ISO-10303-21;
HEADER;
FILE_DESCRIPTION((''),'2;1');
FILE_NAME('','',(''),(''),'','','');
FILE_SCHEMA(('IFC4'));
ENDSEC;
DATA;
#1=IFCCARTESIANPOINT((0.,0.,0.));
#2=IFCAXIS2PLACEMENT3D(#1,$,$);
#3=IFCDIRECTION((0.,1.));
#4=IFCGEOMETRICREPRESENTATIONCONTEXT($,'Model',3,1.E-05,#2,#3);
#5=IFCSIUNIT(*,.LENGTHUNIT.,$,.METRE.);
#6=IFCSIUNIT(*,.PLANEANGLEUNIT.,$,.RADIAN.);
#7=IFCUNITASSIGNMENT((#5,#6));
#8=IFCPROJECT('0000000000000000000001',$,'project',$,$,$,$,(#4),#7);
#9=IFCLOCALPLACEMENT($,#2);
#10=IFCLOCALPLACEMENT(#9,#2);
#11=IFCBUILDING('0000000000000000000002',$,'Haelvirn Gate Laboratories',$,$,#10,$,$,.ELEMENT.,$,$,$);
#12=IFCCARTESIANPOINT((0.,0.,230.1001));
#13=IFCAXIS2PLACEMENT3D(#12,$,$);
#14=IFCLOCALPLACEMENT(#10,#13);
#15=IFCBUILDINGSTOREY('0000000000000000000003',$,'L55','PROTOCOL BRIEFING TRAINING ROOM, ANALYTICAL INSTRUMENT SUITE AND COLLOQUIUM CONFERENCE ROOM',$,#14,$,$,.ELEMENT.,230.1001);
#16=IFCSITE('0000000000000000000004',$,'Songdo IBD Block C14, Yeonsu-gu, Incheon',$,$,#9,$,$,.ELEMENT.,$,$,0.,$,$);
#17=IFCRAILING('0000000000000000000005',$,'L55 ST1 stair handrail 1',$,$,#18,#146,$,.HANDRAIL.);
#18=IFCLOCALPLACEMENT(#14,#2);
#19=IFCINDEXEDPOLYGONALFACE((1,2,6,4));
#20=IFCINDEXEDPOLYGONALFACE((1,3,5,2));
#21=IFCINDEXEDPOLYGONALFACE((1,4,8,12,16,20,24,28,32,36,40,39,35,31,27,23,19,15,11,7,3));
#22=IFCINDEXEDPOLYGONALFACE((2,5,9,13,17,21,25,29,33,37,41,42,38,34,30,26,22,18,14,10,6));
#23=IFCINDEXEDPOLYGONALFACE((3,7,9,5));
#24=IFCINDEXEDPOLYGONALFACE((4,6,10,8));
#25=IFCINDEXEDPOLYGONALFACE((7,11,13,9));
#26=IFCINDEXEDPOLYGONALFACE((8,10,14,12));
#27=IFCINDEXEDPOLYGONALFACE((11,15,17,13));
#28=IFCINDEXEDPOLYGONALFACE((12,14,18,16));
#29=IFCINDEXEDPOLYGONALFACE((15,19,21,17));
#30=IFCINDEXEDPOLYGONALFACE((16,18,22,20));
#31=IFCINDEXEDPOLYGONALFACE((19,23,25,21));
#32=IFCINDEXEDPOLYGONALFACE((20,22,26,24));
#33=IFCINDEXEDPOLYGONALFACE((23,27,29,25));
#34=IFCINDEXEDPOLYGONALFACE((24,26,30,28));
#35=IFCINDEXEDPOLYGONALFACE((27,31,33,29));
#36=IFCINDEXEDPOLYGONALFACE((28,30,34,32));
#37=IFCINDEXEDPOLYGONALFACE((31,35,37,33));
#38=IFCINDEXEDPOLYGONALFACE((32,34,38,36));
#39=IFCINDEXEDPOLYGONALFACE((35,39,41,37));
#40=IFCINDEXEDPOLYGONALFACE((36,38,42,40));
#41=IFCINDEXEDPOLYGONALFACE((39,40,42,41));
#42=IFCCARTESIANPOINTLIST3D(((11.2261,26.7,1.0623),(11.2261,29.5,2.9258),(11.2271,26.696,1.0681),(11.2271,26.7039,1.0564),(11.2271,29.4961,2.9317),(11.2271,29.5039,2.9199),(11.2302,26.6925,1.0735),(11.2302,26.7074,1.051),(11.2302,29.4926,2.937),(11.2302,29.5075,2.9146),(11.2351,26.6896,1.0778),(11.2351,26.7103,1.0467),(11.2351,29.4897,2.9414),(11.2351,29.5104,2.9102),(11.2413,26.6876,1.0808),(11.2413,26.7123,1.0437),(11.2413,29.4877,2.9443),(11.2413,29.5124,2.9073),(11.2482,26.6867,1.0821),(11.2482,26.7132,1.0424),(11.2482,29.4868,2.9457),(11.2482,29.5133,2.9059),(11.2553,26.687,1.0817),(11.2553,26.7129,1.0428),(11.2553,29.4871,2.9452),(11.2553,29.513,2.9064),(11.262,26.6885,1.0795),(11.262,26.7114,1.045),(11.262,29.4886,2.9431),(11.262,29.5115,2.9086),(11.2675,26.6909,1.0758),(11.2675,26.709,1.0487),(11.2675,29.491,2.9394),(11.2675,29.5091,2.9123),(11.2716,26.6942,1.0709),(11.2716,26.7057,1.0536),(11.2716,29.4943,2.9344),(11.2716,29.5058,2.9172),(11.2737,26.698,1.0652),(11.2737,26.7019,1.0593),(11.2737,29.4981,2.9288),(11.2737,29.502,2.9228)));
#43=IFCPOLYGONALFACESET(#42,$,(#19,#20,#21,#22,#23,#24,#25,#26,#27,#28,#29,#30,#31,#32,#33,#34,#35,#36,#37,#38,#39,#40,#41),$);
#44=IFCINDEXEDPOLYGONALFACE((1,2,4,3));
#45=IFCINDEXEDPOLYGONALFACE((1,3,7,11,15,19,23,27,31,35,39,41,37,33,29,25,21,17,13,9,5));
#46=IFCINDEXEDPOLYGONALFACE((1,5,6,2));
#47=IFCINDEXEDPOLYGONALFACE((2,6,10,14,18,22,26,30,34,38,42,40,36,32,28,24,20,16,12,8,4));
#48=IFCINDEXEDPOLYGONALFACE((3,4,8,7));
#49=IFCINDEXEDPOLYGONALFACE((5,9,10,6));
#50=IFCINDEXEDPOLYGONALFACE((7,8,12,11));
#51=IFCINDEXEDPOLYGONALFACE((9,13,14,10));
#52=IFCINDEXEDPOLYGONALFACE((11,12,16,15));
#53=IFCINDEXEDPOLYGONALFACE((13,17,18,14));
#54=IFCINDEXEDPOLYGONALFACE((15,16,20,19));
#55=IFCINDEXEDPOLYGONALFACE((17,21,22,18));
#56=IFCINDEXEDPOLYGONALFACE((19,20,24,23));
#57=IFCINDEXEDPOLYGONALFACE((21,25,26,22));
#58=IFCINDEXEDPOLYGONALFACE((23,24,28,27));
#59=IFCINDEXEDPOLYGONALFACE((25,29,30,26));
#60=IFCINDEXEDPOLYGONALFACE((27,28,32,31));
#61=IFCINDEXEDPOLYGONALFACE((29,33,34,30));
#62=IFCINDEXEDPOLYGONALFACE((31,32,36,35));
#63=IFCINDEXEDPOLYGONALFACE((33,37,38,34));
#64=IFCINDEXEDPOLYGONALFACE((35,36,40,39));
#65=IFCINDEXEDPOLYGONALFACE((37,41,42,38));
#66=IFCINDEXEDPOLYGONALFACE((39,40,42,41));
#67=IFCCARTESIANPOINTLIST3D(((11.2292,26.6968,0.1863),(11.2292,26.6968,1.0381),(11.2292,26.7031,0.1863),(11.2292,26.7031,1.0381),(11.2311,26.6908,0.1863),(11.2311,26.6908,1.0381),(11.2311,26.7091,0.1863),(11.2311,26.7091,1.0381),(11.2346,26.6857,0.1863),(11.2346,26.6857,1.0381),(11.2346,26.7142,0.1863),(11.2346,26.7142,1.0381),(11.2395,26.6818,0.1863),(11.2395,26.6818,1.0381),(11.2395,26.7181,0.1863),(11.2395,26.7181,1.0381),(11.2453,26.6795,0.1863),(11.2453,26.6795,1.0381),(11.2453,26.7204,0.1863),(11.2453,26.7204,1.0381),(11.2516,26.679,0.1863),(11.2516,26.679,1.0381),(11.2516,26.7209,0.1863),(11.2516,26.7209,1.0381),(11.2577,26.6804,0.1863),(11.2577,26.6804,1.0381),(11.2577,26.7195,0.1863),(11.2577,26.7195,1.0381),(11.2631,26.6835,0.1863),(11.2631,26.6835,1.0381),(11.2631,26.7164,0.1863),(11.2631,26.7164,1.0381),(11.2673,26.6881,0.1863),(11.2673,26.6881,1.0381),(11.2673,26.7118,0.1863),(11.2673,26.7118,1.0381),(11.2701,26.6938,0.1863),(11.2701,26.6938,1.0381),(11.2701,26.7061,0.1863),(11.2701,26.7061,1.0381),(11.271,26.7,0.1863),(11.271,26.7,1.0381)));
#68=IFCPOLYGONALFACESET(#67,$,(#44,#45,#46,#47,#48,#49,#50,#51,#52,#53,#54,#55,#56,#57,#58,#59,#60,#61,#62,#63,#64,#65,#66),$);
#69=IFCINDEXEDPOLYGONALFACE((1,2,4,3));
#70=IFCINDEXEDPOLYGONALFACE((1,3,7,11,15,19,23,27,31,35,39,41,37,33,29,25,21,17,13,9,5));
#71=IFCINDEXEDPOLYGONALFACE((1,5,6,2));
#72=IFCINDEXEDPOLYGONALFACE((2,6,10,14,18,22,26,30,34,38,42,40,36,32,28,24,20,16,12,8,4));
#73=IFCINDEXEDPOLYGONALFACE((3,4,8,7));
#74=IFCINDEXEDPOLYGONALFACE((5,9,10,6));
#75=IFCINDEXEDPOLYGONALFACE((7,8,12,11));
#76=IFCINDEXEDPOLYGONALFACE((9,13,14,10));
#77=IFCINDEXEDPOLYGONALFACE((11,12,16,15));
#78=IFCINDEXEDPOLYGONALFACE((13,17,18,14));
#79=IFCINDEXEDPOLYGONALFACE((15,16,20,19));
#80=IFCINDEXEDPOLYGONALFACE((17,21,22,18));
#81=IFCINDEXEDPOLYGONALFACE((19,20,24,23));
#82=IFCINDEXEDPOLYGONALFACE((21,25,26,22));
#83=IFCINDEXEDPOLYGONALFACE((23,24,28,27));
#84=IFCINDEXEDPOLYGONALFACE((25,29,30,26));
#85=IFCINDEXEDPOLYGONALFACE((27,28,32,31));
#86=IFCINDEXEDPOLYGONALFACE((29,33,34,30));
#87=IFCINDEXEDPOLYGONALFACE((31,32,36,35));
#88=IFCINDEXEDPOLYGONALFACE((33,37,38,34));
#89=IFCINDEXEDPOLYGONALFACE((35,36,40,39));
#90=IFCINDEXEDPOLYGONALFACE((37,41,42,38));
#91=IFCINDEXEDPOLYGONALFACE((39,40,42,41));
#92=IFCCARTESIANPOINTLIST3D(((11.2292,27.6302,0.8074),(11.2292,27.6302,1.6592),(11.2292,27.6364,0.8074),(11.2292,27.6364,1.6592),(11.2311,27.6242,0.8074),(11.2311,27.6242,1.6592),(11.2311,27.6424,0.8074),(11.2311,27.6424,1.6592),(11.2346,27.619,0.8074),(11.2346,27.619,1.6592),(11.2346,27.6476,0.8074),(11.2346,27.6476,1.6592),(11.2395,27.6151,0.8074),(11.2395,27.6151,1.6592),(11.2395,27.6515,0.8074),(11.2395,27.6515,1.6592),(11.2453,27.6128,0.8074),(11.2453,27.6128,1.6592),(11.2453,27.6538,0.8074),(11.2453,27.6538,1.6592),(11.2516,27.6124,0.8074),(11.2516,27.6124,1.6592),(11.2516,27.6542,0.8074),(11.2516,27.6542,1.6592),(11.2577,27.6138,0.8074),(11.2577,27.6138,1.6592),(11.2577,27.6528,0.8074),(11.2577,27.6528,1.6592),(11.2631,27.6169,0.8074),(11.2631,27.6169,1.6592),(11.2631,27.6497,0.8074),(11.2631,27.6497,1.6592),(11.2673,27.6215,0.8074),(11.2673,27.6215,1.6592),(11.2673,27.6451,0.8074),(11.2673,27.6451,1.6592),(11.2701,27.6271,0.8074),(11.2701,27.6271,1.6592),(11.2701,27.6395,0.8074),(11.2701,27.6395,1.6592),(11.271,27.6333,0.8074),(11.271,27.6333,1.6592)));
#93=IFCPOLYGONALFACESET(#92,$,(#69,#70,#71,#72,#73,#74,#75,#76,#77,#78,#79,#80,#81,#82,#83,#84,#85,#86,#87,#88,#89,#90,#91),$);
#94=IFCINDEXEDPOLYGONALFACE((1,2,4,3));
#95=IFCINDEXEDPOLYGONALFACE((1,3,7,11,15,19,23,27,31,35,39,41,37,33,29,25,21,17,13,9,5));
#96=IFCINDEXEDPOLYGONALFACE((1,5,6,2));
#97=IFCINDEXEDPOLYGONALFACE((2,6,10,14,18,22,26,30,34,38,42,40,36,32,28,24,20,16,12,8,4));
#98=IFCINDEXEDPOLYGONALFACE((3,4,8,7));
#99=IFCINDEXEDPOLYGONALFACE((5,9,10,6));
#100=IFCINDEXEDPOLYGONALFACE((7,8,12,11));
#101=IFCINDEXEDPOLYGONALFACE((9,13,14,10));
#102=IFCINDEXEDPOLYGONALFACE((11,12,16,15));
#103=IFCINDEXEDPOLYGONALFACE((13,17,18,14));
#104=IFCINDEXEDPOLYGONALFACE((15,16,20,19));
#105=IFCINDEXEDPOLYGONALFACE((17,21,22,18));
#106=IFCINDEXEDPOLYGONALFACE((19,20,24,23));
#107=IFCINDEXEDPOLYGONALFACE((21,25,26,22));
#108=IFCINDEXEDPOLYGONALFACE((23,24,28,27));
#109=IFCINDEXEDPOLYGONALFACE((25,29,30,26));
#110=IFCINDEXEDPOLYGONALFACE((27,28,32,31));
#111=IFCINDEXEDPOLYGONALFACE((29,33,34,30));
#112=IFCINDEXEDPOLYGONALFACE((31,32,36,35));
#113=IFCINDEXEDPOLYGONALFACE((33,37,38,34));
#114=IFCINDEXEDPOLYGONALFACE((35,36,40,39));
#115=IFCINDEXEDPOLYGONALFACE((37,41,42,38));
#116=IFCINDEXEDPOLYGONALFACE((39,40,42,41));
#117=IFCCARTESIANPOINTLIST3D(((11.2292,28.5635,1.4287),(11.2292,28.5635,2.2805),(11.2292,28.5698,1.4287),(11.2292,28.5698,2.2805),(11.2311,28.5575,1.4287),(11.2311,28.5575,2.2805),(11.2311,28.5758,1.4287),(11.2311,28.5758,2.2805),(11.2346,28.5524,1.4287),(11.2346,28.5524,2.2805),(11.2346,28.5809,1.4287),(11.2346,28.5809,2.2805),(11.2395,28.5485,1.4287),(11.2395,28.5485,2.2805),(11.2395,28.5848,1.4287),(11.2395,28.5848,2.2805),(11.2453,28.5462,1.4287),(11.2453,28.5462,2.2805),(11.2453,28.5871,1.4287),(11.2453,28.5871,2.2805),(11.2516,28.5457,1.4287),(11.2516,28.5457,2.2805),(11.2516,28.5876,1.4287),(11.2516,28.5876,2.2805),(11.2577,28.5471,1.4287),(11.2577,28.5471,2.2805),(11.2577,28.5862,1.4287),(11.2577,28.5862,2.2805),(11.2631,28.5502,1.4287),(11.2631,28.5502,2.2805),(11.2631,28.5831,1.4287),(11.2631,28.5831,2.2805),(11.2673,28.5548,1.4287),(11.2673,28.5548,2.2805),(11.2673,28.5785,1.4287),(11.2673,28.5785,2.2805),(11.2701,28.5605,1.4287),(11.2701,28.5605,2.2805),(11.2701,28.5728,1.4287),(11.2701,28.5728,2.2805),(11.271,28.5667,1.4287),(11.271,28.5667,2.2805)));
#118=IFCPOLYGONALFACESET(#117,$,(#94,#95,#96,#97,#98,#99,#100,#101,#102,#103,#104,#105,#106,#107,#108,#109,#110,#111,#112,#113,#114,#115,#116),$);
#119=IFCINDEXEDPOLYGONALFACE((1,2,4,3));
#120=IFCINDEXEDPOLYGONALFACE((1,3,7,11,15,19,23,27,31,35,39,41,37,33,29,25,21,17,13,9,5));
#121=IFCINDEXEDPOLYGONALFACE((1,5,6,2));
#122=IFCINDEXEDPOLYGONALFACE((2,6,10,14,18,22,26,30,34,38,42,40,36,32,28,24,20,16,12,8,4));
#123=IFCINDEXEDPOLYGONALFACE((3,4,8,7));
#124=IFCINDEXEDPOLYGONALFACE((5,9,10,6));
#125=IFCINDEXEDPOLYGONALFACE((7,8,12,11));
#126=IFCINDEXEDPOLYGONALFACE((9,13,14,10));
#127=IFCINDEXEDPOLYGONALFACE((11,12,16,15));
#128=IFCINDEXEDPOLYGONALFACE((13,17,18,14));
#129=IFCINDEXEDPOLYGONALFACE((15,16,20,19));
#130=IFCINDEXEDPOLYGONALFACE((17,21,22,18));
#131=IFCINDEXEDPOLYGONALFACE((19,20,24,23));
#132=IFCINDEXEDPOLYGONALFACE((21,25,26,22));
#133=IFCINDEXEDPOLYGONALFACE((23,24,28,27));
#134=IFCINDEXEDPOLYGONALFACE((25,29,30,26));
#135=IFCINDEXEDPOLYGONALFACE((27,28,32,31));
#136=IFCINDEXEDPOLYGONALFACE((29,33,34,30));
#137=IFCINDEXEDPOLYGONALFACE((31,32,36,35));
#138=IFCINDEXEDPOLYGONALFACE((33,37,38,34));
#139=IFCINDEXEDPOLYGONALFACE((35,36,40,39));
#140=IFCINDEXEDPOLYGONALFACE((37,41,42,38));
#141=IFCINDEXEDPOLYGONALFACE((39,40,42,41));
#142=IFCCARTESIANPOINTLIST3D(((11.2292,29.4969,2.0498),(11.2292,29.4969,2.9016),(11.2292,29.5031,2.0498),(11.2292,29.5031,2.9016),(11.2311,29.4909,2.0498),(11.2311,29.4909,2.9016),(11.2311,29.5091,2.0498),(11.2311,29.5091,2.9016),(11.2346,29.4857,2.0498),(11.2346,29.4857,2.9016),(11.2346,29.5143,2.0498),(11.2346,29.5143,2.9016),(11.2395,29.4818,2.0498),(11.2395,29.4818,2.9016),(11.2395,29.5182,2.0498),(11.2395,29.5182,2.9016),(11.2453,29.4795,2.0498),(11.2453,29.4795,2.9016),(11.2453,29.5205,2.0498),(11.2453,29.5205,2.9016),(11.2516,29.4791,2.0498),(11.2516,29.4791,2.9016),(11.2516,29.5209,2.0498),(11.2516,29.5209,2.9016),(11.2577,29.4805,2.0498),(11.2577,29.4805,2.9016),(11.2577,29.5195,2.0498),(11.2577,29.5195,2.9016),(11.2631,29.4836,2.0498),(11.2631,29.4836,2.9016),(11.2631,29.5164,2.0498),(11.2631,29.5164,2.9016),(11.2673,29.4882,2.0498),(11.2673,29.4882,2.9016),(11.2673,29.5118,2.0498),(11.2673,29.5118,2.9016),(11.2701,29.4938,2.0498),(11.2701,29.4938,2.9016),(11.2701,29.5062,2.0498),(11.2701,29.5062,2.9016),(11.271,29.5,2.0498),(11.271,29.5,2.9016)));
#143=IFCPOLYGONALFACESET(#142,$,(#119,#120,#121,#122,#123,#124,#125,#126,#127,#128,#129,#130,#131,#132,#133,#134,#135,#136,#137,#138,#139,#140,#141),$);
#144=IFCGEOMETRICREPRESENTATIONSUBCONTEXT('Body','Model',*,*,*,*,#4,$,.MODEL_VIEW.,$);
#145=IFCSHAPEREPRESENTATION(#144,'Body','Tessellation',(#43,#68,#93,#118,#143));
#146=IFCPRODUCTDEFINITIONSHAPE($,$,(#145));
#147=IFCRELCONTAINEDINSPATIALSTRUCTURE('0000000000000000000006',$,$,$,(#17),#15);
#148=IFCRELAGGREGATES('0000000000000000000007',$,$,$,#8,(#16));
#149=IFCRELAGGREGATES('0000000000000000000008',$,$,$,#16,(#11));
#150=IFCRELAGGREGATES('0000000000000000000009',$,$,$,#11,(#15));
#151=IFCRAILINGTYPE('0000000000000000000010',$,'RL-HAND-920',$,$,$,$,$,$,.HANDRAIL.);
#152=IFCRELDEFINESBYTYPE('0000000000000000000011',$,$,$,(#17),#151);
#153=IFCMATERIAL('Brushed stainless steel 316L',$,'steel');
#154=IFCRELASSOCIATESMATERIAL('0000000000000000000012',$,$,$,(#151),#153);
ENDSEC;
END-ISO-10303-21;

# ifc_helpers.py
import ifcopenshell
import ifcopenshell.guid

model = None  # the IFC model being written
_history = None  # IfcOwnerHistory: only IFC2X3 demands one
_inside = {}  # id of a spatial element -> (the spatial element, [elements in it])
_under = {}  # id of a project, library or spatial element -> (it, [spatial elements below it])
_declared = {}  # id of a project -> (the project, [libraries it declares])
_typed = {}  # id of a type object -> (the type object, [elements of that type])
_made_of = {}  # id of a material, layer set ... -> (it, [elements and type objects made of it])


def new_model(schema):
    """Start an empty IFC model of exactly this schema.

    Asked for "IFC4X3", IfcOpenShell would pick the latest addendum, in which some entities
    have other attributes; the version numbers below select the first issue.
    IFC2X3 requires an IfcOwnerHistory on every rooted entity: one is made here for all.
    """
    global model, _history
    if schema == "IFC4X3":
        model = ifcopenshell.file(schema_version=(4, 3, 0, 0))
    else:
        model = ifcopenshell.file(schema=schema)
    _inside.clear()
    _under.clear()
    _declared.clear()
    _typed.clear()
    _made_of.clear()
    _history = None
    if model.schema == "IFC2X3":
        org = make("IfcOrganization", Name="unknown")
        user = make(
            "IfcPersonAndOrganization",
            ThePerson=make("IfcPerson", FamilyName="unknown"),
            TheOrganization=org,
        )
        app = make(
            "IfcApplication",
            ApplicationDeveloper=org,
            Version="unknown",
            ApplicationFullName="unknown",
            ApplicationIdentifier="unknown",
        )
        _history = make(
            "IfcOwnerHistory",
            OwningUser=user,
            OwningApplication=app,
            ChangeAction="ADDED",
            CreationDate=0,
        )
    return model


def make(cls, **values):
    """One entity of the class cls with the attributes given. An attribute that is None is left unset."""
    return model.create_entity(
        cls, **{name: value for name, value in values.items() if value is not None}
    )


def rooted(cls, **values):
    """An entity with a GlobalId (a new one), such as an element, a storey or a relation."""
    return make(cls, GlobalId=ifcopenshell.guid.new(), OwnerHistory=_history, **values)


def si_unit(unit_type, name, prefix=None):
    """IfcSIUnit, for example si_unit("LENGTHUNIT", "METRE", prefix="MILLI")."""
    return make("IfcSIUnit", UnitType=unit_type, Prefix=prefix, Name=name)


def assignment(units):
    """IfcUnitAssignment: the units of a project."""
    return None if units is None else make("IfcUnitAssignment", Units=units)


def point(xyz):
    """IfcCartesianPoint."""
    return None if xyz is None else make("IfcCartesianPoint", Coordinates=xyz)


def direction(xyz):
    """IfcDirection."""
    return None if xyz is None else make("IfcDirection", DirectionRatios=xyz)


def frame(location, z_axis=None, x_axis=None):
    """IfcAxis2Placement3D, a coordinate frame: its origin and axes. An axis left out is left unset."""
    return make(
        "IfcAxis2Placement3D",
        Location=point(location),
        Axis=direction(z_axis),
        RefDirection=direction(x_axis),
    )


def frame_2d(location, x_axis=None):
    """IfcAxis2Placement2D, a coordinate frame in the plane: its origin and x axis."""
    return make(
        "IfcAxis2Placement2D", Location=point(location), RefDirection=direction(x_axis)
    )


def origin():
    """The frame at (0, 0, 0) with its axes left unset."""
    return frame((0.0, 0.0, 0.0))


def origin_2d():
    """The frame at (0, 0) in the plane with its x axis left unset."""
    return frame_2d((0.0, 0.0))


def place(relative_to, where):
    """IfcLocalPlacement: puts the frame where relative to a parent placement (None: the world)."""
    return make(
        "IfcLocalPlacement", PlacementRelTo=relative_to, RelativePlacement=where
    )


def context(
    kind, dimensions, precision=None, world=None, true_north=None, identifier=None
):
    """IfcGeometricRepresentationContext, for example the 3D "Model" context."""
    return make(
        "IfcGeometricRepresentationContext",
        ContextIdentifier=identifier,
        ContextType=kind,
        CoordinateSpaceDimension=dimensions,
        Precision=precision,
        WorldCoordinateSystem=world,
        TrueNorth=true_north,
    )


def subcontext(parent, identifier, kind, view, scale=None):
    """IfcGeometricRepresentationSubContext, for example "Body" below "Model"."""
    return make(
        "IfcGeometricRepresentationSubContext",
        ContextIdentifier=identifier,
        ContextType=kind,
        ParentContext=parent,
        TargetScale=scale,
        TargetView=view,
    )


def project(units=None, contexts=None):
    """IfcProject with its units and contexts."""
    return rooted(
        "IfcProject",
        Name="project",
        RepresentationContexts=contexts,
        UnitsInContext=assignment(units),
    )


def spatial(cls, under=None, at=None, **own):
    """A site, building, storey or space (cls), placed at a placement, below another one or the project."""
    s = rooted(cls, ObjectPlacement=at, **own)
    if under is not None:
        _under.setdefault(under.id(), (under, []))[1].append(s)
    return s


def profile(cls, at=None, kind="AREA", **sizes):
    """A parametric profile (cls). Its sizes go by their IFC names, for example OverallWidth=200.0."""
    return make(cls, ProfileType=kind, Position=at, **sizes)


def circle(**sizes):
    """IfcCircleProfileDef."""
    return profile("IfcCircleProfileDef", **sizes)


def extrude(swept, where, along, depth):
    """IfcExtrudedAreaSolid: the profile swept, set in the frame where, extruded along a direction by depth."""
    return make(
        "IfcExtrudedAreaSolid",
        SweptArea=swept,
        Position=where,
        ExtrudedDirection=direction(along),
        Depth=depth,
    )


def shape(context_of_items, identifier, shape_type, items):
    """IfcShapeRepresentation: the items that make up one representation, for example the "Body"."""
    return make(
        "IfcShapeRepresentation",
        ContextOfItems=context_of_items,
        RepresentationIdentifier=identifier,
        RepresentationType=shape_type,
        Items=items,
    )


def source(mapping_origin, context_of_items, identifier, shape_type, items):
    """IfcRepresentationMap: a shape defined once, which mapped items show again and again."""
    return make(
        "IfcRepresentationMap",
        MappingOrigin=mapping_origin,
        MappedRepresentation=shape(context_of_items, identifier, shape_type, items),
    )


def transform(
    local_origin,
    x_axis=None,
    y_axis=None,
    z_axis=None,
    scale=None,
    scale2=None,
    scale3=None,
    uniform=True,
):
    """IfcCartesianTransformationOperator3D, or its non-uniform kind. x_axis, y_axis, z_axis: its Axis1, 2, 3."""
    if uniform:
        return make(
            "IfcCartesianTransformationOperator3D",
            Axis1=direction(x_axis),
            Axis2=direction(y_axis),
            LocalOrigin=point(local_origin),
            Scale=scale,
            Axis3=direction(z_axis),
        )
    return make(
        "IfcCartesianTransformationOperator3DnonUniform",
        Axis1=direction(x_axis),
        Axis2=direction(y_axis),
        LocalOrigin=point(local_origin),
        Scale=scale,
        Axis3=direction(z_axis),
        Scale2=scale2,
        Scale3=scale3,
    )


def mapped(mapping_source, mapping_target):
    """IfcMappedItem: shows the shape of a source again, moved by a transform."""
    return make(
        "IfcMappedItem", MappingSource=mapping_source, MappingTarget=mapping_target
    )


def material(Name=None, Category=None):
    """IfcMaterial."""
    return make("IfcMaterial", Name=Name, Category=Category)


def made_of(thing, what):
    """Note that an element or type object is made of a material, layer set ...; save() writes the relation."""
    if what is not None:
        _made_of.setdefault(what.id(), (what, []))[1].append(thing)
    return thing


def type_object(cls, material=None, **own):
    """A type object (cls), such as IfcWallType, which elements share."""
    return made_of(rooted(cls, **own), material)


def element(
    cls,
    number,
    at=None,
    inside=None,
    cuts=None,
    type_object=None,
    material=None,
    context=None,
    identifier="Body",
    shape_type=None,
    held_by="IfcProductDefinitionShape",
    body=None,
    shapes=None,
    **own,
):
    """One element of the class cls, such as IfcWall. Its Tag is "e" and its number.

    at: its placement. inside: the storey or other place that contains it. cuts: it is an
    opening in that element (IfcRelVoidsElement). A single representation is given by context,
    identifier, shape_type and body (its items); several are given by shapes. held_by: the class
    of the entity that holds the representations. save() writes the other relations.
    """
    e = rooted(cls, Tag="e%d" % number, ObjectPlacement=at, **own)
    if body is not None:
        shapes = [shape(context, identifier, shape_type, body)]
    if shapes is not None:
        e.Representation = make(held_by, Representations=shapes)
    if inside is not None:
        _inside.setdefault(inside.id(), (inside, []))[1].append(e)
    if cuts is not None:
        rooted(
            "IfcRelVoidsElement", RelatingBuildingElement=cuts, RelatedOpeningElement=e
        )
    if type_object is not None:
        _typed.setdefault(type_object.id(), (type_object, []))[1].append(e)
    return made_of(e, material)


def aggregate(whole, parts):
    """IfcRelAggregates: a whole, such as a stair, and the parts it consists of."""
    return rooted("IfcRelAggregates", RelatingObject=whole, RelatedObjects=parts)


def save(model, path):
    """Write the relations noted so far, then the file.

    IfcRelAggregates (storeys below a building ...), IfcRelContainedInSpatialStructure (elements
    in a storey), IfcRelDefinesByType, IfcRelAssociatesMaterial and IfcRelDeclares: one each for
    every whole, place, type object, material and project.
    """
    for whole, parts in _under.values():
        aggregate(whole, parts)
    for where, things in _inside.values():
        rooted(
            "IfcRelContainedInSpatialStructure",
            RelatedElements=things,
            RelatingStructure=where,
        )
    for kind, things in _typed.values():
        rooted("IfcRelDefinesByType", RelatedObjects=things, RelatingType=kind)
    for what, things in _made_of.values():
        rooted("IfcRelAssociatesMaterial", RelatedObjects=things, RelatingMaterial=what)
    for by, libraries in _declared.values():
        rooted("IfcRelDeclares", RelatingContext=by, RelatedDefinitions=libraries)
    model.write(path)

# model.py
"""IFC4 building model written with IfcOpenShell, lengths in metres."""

from ifc_helpers import new_model, si_unit, direction, frame, origin, origin_2d, place, context, subcontext, project, spatial, circle, extrude, source, transform, mapped, material, type_object, element, save


model = new_model("IFC4")

# Units and contexts
model_context = context("Model", 3, precision=1e-05, world=origin(), true_north=direction((0.0, 1.0)))
body_context = subcontext(model_context, "Body", "Model", "MODEL_VIEW")
ifc_project = project(units=[si_unit("LENGTHUNIT", "METRE"), si_unit("PLANEANGLEUNIT", "RADIAN")], contexts=[model_context])

# Site, building, storey
site_placement = place(None, origin())
site = spatial("IfcSite", under=ifc_project, at=site_placement, Name="Songdo IBD Block C14, Yeonsu-gu, Incheon", CompositionType="ELEMENT", RefElevation=0.0)
building_placement = place(site_placement, origin())
building = spatial("IfcBuilding", under=site, at=building_placement, Name="Haelvirn Gate Laboratories", CompositionType="ELEMENT")
storey_placement = place(building_placement, frame((0.0, 0.0, 230.1001)))
storey = spatial("IfcBuildingStorey", under=building, at=storey_placement, Name="L55", Description="PROTOCOL BRIEFING TRAINING ROOM, ANALYTICAL INSTRUMENT SUITE AND COLLOQUIUM CONFERENCE ROOM", CompositionType="ELEMENT", Elevation=230.1001)

# Railing
ifc_material_1 = material(Name="Brushed stainless steel 316L", Category="steel")
railing_type_1 = type_object("IfcRailingType", Name="RL-HAND-920", PredefinedType="HANDRAIL", material=ifc_material_1)
shared_shape_1 = source(origin(), body_context, "Body", "SweptSolid", [
    extrude(circle(Radius=0.0239, at=origin_2d()), frame((0.0, 0.0, 0.876), z_axis=(0.0, 0.832486, 0.554047), x_axis=(-1.0, 0.0, 0.0)), (0.0, 0.0, 1.0), 3.3635),
    extrude(circle(Radius=0.021, at=origin_2d()), origin(), (0.0, 0.0, 1.0), 0.8518),
    extrude(circle(Radius=0.021, at=origin_2d()), frame((0.0, 0.9333, 0.6211)), (0.0, 0.0, 1.0), 0.8518),
    extrude(circle(Radius=0.021, at=origin_2d()), frame((0.0, 1.8667, 1.2424)), (0.0, 0.0, 1.0), 0.8518),
    extrude(circle(Radius=0.021, at=origin_2d()), frame((0.0, 2.8, 1.8635)), (0.0, 0.0, 1.0), 0.8518),
])
railing_1_placement = place(storey_placement, frame((11.25, 26.7, 0.1863)))
element("IfcRailing", 1, at=railing_1_placement, inside=storey, type_object=railing_type_1, Name="L55 ST1 stair handrail 1", PredefinedType="HANDRAIL", context=body_context, shape_type="MappedRepresentation", body=[
    mapped(shared_shape_1, transform((0.0, 0.0, 0.0), scale=1.0)),
])

save(model, "model.ifc")
